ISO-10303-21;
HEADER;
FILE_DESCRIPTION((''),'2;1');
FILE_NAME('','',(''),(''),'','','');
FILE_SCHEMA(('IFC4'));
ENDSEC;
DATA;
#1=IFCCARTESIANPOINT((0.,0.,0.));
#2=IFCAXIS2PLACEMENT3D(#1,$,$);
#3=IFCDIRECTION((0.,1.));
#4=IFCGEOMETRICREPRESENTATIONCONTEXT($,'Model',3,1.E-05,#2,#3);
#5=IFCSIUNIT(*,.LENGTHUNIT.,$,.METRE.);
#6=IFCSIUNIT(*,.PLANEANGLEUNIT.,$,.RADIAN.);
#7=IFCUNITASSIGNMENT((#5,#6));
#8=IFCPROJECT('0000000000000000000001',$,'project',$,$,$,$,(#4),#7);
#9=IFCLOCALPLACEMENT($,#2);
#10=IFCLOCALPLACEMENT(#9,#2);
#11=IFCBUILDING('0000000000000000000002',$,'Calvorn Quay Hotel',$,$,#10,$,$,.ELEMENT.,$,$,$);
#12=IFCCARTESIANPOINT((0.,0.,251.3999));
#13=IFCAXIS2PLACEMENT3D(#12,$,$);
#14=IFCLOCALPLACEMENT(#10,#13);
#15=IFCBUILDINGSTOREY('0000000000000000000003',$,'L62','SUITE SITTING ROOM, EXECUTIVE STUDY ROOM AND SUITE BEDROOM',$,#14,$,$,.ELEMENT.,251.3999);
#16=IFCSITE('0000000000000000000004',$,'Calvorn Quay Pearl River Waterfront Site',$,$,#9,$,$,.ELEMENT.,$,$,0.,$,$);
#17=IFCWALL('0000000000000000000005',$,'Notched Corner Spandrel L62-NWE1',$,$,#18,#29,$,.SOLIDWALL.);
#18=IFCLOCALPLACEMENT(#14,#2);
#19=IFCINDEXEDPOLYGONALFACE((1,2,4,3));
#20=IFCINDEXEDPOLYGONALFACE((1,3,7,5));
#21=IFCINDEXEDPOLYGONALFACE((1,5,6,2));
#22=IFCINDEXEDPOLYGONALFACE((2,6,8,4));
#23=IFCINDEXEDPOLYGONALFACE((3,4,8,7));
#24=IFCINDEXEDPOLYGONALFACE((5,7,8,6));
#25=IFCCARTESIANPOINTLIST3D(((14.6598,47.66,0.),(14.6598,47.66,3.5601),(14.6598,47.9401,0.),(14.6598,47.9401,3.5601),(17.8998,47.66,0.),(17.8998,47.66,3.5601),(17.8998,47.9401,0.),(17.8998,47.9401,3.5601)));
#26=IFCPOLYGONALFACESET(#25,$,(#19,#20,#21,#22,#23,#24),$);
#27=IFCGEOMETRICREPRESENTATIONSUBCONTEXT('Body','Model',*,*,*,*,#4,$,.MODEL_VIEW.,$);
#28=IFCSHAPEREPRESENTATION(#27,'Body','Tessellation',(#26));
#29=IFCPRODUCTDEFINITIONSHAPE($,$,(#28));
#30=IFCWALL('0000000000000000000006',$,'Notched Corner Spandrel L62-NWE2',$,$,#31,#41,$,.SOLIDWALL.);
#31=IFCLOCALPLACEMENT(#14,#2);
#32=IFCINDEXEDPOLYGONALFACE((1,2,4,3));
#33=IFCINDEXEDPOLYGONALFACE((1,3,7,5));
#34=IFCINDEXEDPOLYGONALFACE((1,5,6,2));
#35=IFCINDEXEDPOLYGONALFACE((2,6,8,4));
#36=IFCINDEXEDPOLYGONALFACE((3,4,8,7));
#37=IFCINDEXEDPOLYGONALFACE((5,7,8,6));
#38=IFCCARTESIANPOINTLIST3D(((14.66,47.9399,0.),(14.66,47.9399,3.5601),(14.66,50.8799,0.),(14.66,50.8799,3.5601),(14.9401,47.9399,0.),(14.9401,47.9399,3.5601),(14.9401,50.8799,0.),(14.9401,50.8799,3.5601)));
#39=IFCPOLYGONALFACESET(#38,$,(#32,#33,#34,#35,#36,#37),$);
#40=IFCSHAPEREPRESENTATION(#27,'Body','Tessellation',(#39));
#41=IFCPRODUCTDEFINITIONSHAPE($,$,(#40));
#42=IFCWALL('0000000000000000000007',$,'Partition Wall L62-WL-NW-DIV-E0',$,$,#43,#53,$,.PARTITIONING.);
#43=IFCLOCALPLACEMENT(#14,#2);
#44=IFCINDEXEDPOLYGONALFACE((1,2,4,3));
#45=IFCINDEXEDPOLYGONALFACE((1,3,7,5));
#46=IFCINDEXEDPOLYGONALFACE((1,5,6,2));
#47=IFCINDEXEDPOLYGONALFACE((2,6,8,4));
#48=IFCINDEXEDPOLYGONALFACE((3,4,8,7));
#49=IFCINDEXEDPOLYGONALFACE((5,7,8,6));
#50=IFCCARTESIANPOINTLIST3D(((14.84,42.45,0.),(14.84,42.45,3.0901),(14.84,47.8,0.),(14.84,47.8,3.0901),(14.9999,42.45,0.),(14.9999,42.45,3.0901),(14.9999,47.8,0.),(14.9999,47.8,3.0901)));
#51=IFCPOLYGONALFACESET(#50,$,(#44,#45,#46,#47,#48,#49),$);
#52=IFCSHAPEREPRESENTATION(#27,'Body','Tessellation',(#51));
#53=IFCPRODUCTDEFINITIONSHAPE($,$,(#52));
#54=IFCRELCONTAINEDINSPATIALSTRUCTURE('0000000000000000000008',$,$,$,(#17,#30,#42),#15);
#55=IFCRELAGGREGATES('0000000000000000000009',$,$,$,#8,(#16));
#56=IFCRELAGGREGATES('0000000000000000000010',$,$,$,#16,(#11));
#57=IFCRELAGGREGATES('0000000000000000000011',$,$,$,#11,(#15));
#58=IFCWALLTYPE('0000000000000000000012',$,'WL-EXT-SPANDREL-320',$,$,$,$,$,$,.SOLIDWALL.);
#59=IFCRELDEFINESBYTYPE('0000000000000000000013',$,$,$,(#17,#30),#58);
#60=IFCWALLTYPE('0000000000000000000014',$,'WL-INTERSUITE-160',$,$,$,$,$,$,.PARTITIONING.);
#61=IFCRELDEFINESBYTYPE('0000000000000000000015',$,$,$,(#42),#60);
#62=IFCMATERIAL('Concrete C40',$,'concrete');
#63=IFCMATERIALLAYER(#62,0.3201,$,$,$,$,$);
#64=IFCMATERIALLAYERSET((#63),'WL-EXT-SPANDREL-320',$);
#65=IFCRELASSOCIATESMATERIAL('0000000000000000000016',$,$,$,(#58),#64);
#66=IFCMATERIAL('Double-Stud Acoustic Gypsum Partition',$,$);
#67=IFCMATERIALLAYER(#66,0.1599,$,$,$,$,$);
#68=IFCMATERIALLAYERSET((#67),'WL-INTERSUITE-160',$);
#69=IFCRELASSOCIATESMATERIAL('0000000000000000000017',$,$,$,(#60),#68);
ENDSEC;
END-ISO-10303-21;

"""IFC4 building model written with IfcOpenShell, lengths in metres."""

from ifc_helpers import new_model, si_unit, direction, frame, frame_2d, origin, place, context, subcontext, project, spatial, rectangle, extrude, material, layer, layer_set, type_object, element, save


model = new_model("IFC4")

# Units and contexts
model_context = context("Model", 3, precision=1e-05, world=origin(), true_north=direction((0.0, 1.0)))
body_context = subcontext(model_context, "Body", "Model", "MODEL_VIEW")
ifc_project = project(units=[si_unit("LENGTHUNIT", "METRE"), si_unit("PLANEANGLEUNIT", "RADIAN")], contexts=[model_context])

# Site, building, storey
site_placement = place(None, origin())
site = spatial("IfcSite", under=ifc_project, at=site_placement, Name="Calvorn Quay Pearl River Waterfront Site", CompositionType="ELEMENT", RefElevation=0.0)
building_placement = place(site_placement, origin())
building = spatial("IfcBuilding", under=site, at=building_placement, Name="Calvorn Quay Hotel", CompositionType="ELEMENT")
storey_placement = place(building_placement, frame((0.0, 0.0, 251.3999)))
storey = spatial("IfcBuildingStorey", under=building, at=storey_placement, Name="L62", Description="SUITE SITTING ROOM, EXECUTIVE STUDY ROOM AND SUITE BEDROOM", CompositionType="ELEMENT", Elevation=251.3999)

# Walls
ifc_material_1 = material(Name="Concrete C40", Category="concrete")
ifc_layer_1 = layer(ifc_material_1, 0.3201)
ifc_layer_set_1 = layer_set([ifc_layer_1], Name="WL-EXT-SPANDREL-320")
wall_type_1 = type_object("IfcWallType", Name="WL-EXT-SPANDREL-320", PredefinedType="SOLIDWALL", material=ifc_layer_set_1)
wall_1_placement = place(storey_placement, frame((17.8999, 47.8, 0.0), z_axis=(0.0, 0.0, 1.0), x_axis=(-1.0, 0.0, 0.0)))
element("IfcWall", 1, at=wall_1_placement, inside=storey, type_object=wall_type_1, Name="Notched Corner Spandrel L62-NWE1", PredefinedType="SOLIDWALL", context=body_context, shape_type="SweptSolid", body=[
    extrude(rectangle(XDim=3.24, YDim=0.28, at=frame_2d((1.6201, 0.0))), origin(), (0.0, 0.0, 1.0), 3.5601),
])
wall_2_placement = place(storey_placement, frame((14.8, 47.9399, 0.0), z_axis=(0.0, 0.0, 1.0), x_axis=(0.0, 1.0, 0.0)))
element("IfcWall", 2, at=wall_2_placement, inside=storey, type_object=wall_type_1, Name="Notched Corner Spandrel L62-NWE2", PredefinedType="SOLIDWALL", context=body_context, shape_type="SweptSolid", body=[
    extrude(rectangle(XDim=2.9399, YDim=0.28, at=frame_2d((1.47, 0.0))), origin(), (0.0, 0.0, 1.0), 3.5601),
])
ifc_material_2 = material(Name="Double-Stud Acoustic Gypsum Partition")
ifc_layer_2 = layer(ifc_material_2, 0.1599)
ifc_layer_set_2 = layer_set([ifc_layer_2], Name="WL-INTERSUITE-160")
wall_type_2 = type_object("IfcWallType", Name="WL-INTERSUITE-160", PredefinedType="PARTITIONING", material=ifc_layer_set_2)
wall_3_placement = place(storey_placement, frame((14.9199, 42.45, 0.0), z_axis=(0.0, 0.0, 1.0), x_axis=(0.0, 1.0, 0.0)))
element("IfcWall", 3, at=wall_3_placement, inside=storey, type_object=wall_type_2, Name="Partition Wall L62-WL-NW-DIV-E0", PredefinedType="PARTITIONING", context=body_context, shape_type="SweptSolid", body=[
    extrude(rectangle(XDim=5.3501, YDim=0.1599, at=frame_2d((2.675, 0.0))), origin(), (0.0, 0.0, 1.0), 3.0901),
])

save(model, "model.ifc")
